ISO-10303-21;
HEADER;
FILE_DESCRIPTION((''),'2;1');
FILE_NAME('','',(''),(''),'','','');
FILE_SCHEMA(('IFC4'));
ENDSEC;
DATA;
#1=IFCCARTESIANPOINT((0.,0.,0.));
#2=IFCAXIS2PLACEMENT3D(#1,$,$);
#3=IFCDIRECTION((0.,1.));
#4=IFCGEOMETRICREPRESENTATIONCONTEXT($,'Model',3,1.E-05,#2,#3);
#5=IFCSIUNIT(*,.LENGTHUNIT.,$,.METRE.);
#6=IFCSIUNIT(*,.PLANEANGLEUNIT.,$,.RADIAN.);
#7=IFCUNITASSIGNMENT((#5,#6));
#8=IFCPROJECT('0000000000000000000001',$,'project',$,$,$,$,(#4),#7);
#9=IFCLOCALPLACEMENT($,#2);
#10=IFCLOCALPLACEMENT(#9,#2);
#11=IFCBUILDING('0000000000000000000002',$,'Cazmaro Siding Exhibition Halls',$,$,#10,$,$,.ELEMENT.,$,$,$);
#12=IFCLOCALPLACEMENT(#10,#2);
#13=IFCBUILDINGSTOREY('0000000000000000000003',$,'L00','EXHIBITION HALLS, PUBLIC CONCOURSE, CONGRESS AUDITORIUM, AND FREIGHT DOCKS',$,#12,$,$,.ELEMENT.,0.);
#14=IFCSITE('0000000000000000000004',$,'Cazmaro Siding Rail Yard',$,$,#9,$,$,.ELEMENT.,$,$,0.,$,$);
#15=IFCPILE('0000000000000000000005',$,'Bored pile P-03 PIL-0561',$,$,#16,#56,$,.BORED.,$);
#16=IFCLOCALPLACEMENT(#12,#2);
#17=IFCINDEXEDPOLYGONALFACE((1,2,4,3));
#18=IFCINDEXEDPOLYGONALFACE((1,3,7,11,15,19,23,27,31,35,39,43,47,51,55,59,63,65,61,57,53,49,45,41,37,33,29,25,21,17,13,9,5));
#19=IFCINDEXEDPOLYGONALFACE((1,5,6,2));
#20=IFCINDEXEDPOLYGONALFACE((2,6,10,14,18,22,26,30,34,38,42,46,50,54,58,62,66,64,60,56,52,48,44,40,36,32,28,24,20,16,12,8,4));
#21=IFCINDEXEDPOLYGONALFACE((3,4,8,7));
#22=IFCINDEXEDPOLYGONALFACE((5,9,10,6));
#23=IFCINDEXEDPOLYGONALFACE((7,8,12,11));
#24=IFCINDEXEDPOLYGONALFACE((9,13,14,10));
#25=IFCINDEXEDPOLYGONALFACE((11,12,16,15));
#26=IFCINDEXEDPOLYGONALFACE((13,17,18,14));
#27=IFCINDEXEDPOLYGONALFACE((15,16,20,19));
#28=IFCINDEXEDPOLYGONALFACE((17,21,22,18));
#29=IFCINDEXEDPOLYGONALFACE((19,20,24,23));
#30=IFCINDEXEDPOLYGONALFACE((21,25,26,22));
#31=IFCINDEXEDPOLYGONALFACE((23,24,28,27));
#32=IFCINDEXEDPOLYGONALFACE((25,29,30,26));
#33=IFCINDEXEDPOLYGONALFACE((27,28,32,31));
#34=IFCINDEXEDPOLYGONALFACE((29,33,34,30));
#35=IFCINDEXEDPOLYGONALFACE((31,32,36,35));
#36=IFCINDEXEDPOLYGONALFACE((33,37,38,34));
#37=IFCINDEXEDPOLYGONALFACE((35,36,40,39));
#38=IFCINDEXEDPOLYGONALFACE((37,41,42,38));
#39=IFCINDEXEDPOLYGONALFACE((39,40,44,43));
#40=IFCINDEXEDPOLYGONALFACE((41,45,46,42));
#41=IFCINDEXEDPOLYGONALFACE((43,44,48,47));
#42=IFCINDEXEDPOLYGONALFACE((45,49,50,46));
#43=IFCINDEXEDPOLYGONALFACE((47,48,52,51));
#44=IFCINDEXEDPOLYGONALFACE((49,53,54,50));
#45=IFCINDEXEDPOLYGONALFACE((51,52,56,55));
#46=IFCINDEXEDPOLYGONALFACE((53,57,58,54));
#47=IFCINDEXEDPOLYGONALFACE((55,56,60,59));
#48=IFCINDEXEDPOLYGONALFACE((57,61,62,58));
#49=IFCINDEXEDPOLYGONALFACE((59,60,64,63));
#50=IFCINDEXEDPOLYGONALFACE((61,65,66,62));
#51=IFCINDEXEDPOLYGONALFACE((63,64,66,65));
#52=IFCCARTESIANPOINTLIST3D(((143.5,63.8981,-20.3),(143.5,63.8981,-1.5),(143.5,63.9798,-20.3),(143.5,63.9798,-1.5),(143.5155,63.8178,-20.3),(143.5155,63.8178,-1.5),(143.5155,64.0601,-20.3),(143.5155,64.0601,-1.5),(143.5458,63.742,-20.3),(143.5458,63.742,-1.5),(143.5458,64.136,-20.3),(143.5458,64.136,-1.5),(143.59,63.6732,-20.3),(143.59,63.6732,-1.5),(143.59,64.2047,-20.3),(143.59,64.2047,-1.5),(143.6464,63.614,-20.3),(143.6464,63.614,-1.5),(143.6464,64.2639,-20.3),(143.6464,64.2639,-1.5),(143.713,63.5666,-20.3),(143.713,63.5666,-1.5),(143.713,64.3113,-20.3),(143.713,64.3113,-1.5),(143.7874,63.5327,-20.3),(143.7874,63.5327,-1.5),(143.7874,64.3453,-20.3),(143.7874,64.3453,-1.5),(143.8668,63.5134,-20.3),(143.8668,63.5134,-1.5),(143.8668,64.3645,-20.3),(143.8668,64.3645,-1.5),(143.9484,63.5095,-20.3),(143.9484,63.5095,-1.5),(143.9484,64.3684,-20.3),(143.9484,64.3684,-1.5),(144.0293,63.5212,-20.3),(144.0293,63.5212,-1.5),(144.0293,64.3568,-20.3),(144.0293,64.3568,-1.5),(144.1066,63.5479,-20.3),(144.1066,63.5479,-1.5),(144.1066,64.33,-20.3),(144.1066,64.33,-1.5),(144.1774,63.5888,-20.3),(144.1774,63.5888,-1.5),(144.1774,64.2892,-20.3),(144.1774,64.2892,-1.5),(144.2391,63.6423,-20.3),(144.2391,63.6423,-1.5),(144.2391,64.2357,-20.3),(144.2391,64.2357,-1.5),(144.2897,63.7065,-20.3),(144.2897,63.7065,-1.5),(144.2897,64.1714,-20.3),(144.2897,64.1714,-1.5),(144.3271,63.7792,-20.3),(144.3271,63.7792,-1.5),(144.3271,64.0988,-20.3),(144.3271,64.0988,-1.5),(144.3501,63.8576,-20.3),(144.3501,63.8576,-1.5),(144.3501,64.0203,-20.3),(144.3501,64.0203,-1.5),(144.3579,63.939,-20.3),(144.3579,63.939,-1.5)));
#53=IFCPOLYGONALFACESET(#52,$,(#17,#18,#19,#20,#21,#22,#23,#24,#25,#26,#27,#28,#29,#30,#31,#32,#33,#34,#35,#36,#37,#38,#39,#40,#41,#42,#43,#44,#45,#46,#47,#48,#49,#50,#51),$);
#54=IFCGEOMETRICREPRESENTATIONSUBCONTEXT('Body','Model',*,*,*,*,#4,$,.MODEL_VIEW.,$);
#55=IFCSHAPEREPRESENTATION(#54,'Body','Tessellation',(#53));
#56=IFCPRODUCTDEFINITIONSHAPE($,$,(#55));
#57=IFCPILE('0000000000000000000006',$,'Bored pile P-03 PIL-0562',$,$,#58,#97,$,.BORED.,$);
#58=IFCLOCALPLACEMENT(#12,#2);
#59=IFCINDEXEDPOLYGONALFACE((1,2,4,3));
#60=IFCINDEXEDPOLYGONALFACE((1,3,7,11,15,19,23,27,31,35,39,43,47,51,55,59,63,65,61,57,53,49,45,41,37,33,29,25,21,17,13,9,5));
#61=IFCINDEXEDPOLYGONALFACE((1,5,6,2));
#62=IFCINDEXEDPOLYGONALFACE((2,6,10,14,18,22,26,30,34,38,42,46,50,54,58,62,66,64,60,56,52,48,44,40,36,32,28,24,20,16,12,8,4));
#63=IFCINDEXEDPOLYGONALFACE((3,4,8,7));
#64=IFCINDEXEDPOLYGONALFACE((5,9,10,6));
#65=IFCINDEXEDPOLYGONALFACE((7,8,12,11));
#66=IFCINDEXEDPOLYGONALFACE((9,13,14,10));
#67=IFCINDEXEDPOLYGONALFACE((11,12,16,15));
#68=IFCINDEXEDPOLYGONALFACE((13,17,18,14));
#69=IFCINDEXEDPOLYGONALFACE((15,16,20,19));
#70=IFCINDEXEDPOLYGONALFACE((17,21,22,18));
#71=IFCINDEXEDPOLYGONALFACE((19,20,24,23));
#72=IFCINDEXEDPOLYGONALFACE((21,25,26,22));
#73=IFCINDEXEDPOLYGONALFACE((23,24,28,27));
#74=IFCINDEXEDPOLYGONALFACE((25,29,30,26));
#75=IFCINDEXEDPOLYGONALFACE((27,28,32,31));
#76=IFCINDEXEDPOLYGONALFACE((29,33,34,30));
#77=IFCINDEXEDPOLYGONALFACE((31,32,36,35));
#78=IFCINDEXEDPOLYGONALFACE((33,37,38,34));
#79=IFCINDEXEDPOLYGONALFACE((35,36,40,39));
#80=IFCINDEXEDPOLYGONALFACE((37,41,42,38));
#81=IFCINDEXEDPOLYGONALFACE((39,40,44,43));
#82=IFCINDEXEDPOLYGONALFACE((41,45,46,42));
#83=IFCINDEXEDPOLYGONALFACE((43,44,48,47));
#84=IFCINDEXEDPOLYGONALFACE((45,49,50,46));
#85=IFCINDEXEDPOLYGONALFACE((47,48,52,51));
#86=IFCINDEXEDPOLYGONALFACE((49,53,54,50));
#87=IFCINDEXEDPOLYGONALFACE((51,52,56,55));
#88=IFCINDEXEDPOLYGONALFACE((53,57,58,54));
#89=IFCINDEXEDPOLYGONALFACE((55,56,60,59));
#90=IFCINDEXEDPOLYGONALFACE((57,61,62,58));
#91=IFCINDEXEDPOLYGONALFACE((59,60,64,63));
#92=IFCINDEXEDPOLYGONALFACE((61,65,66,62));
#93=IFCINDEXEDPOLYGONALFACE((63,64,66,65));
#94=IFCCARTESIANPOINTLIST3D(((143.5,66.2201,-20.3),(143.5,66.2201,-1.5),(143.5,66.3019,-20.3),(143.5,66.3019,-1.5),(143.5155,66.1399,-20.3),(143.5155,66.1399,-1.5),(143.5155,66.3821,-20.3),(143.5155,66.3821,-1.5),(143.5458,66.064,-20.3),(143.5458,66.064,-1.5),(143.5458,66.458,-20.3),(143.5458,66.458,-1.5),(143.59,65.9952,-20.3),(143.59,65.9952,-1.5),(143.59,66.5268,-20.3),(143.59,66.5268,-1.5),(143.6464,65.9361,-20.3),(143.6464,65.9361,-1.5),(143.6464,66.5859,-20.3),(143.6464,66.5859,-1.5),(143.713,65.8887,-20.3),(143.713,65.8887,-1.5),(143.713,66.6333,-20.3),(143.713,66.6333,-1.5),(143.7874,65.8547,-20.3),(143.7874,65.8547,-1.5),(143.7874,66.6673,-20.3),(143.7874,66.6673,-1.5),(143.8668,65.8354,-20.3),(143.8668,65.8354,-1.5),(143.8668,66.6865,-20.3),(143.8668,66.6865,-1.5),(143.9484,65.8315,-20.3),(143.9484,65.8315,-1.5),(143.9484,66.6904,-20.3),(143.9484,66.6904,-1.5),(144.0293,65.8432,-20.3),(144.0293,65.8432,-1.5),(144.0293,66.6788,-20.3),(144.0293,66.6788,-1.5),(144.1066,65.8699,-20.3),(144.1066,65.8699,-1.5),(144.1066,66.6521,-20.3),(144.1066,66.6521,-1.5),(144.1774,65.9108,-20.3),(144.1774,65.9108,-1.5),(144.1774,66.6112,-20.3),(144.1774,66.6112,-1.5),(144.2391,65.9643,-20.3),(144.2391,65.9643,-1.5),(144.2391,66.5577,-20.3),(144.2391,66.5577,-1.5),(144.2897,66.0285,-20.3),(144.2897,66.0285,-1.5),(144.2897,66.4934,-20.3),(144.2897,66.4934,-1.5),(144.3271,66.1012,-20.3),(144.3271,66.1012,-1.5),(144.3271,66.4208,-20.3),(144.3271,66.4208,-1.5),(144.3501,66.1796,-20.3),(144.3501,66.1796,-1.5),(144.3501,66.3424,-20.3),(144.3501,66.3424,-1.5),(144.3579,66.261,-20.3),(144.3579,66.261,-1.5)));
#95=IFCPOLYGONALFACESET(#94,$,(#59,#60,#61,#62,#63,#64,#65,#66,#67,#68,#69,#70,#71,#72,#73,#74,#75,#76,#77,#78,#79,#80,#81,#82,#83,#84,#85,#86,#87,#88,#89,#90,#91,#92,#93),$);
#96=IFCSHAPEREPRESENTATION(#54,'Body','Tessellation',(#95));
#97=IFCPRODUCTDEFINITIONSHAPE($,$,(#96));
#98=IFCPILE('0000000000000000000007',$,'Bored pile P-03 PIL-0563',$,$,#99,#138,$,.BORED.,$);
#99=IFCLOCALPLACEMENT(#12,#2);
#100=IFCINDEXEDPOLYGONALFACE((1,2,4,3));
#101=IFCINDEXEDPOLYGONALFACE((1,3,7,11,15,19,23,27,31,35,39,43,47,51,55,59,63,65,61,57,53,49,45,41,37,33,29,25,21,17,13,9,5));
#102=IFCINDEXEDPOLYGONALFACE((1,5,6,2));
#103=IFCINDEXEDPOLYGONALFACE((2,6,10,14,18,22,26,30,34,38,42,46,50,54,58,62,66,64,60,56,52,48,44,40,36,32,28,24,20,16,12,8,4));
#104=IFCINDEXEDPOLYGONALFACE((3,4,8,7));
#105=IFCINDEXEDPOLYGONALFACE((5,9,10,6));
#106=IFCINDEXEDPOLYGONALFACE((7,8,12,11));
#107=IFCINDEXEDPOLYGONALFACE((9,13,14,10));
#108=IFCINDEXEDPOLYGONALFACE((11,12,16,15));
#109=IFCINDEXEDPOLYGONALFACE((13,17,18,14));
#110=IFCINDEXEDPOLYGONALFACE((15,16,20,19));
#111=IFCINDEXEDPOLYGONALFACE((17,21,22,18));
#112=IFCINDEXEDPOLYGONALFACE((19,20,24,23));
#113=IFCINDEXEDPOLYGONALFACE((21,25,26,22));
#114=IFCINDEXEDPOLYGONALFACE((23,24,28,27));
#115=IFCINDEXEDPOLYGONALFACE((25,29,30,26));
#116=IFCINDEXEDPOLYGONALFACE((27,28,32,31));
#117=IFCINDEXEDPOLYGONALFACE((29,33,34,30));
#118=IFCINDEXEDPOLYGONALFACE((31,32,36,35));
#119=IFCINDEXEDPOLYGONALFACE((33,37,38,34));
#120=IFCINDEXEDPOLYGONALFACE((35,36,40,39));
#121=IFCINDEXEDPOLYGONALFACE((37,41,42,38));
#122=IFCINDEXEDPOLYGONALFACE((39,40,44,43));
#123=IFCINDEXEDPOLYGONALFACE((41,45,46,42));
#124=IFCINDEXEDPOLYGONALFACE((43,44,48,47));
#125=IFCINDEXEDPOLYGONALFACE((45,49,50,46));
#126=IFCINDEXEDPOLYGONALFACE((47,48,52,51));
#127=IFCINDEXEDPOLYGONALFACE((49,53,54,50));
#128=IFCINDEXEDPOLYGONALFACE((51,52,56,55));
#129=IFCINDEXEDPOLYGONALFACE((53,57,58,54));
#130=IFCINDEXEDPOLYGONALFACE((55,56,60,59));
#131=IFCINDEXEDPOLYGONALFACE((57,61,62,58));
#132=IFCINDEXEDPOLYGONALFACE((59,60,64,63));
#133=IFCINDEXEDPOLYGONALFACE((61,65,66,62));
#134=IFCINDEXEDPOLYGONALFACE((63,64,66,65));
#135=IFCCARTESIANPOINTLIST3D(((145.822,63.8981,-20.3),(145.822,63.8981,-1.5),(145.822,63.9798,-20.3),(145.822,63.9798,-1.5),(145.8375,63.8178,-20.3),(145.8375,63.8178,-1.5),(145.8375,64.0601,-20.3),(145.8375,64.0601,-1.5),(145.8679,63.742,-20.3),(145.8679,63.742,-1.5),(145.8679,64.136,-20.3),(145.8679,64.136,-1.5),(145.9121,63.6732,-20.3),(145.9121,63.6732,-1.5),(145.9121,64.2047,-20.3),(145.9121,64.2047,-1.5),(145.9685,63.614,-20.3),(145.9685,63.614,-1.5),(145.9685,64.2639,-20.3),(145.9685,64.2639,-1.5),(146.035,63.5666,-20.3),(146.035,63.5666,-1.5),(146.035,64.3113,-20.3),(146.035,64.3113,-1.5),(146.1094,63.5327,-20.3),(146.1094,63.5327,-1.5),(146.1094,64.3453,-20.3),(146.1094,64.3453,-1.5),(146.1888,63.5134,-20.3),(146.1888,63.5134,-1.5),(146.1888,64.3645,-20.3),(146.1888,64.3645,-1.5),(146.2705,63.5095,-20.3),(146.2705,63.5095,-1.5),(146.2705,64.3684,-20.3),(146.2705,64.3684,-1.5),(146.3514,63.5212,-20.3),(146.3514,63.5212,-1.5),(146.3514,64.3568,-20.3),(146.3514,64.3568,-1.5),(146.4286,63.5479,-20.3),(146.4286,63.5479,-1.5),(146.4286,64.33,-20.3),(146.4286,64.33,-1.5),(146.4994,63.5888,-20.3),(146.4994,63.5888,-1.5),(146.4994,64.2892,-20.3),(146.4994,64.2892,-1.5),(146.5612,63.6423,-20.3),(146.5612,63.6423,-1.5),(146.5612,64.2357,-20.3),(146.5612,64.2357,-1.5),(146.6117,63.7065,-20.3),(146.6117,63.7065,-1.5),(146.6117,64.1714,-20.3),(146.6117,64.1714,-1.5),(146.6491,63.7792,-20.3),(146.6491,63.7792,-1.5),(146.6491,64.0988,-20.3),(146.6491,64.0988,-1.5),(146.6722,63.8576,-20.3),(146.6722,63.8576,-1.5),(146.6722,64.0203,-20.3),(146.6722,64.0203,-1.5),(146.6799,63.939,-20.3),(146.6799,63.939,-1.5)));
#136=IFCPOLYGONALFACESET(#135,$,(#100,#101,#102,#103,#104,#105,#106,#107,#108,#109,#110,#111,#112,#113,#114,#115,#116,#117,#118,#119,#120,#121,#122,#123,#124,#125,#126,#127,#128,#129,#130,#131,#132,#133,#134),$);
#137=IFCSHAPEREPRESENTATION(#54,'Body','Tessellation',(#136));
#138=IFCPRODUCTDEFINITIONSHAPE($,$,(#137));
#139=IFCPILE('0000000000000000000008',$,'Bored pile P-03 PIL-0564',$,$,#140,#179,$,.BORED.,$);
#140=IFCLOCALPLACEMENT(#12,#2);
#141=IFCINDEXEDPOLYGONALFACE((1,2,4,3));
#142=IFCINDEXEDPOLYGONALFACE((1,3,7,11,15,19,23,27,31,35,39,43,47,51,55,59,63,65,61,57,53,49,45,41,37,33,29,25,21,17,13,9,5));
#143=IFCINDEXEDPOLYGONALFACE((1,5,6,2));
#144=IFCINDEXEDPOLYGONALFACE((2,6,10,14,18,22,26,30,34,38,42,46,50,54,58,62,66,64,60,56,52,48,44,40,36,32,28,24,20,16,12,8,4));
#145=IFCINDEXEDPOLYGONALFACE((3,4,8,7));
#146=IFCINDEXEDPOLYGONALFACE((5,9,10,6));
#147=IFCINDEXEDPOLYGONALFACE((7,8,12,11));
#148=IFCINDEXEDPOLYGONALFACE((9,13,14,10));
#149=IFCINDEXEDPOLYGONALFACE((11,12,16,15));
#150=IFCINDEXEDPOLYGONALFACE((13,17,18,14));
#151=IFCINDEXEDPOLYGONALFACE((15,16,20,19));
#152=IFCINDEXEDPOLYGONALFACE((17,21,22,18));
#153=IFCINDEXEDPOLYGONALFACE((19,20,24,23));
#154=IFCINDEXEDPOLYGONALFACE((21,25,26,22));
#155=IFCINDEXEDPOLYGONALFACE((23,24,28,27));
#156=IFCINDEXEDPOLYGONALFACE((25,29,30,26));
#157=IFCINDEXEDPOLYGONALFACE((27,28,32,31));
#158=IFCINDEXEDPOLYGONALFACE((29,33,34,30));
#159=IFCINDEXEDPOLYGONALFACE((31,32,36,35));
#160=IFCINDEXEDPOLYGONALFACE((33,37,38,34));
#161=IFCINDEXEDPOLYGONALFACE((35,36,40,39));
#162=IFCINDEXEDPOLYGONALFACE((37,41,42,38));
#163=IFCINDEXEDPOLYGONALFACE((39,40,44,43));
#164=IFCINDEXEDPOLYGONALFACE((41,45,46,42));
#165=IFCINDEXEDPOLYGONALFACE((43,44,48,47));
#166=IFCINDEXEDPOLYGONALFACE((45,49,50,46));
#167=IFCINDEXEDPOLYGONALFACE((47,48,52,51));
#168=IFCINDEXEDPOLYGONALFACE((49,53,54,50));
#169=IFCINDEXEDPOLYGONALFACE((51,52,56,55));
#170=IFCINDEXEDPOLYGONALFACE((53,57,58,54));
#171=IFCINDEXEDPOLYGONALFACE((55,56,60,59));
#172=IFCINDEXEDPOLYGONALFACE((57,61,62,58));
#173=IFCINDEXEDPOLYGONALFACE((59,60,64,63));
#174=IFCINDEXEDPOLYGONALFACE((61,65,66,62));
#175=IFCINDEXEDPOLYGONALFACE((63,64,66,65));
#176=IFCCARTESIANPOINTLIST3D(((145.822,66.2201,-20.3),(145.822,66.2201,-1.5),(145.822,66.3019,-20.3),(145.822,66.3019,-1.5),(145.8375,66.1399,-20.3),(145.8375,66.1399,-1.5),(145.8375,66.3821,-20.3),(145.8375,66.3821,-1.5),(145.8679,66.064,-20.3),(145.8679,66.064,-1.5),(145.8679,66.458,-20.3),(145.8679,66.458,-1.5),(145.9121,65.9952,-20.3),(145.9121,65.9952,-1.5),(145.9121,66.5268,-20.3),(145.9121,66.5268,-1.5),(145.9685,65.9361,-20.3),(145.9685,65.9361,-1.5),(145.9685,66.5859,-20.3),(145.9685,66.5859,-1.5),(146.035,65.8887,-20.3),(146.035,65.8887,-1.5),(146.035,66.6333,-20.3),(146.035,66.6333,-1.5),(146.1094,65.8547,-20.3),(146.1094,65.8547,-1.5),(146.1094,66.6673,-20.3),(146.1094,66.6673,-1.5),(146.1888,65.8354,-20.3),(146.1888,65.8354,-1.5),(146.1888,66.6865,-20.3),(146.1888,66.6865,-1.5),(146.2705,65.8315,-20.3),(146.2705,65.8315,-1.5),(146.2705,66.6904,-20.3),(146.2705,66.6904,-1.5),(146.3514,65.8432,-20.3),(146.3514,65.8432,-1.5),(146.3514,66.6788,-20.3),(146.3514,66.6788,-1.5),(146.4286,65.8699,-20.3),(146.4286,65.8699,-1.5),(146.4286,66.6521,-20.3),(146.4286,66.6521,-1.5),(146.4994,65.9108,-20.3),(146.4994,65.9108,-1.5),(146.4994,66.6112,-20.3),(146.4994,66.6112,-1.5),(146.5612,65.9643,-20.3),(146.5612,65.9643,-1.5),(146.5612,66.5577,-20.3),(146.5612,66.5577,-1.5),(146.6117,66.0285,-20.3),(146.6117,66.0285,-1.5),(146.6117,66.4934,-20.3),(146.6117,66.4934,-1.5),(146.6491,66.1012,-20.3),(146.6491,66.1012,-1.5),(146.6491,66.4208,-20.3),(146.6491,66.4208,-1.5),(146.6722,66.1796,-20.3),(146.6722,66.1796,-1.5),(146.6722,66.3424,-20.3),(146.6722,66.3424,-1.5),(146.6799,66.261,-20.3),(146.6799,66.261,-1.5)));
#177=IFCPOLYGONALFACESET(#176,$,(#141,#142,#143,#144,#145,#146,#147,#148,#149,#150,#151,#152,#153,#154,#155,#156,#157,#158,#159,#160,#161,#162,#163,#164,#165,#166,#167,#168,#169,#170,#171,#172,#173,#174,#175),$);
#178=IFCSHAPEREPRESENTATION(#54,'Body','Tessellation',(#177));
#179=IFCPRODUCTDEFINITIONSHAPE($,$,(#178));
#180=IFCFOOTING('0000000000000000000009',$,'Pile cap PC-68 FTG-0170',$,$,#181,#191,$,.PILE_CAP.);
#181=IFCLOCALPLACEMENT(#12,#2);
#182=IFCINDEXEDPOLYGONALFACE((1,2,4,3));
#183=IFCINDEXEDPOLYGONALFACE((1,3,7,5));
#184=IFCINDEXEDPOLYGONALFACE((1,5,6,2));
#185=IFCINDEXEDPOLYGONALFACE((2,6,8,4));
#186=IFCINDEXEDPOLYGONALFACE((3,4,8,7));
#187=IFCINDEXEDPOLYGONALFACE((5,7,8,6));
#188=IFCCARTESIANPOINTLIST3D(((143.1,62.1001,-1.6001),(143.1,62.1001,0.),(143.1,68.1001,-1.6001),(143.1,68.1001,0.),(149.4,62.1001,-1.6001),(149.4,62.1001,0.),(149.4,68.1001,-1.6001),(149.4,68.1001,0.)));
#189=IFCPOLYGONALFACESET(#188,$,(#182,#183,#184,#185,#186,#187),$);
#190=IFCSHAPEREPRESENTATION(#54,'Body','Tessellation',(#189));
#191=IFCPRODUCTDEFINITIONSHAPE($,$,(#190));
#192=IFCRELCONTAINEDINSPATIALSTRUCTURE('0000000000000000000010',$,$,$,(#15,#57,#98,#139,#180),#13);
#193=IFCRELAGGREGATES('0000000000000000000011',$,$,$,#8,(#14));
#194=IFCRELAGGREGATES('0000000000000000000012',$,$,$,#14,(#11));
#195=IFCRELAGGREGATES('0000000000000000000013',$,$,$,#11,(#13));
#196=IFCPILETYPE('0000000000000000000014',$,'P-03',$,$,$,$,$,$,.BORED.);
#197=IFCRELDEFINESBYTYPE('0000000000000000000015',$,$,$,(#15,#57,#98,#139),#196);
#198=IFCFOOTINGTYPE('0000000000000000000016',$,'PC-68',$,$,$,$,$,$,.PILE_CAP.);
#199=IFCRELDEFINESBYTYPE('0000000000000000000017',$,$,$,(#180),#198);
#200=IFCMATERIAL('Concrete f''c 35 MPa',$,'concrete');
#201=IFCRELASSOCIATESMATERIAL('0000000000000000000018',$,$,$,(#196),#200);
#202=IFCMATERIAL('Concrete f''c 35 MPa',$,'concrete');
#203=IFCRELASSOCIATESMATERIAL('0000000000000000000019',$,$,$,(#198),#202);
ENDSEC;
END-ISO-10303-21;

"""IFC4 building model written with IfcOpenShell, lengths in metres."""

from ifc_helpers import new_model, si_unit, direction, frame, origin, origin_2d, place, context, subcontext, project, spatial, rectangle, circle, extrude, material, material_profile, profile_set, type_object, element, save


model = new_model("IFC4")

# Units and contexts
model_context = context("Model", 3, precision=1e-05, world=origin(), true_north=direction((0.0, 1.0)))
body_context = subcontext(model_context, "Body", "Model", "MODEL_VIEW")
ifc_project = project(units=[si_unit("LENGTHUNIT", "METRE"), si_unit("PLANEANGLEUNIT", "RADIAN")], contexts=[model_context])

# Site, building, storey
site_placement = place(None, origin())
site = spatial("IfcSite", under=ifc_project, at=site_placement, Name="Cazmaro Siding Rail Yard", CompositionType="ELEMENT", RefElevation=0.0)
building_placement = place(site_placement, origin())
building = spatial("IfcBuilding", under=site, at=building_placement, Name="Cazmaro Siding Exhibition Halls", CompositionType="ELEMENT")
storey_placement = place(building_placement, origin())
storey = spatial("IfcBuildingStorey", under=building, at=storey_placement, Name="L00", Description="EXHIBITION HALLS, PUBLIC CONCOURSE, CONGRESS AUDITORIUM, AND FREIGHT DOCKS", CompositionType="ELEMENT", Elevation=0.0)

# Piles
ifc_material_1 = material(Name="Concrete f'c 35 MPa", Category="concrete")
ifc_material_profile_1 = material_profile(ifc_material_1, circle(Radius=0.4299, at=origin_2d()), Name="CIDH-860")
ifc_profile_set_1 = profile_set([ifc_material_profile_1], Name="Concrete f'c 35 MPa")
pile_type = type_object("IfcPileType", Name="P-03", PredefinedType="BORED", material=ifc_profile_set_1)
for number, where, z_axis, x_axis, name in (
    (1, (143.928, 63.939, -1.5), (0.0, 0.0, -1.0), (1.0, 0.0, 0.0), "Bored pile P-03 PIL-0561"),
    (2, (143.928, 66.261, -1.5), (0.0, 0.0, -1.0), (1.0, 0.0, 0.0), "Bored pile P-03 PIL-0562"),
    (3, (146.25, 63.939, -1.5), (0.0, 0.0, -1.0), (1.0, 0.0, 0.0), "Bored pile P-03 PIL-0563"),
    (4, (146.25, 66.261, -1.5), (0.0, 0.0, -1.0), (1.0, 0.0, 0.0), "Bored pile P-03 PIL-0564"),
):
    element("IfcPile", number, at=place(storey_placement, frame(where, z_axis=z_axis, x_axis=x_axis)), inside=storey, type_object=pile_type, Name=name, PredefinedType="BORED", context=body_context, shape_type="SweptSolid", body=[
        extrude(circle(Radius=0.4299, at=origin_2d()), origin(), (0.0, 0.0, 1.0), 18.8),
    ])

# Footing
ifc_material_2 = material(Name="Concrete f'c 35 MPa", Category="concrete")
footing_type = type_object("IfcFootingType", Name="PC-68", PredefinedType="PILE_CAP", material=ifc_material_2)
footing_placement = place(storey_placement, frame((146.25, 65.1001, -1.6001), z_axis=(0.0, 0.0, 1.0), x_axis=(1.0, 0.0, 0.0)))
element("IfcFooting", 5, at=footing_placement, inside=storey, type_object=footing_type, Name="Pile cap PC-68 FTG-0170", PredefinedType="PILE_CAP", context=body_context, shape_type="SweptSolid", body=[
    extrude(rectangle(XDim=6.3, YDim=6.0, at=origin_2d()), origin(), (0.0, 0.0, 1.0), 1.6001),
])

save(model, "model.ifc")
